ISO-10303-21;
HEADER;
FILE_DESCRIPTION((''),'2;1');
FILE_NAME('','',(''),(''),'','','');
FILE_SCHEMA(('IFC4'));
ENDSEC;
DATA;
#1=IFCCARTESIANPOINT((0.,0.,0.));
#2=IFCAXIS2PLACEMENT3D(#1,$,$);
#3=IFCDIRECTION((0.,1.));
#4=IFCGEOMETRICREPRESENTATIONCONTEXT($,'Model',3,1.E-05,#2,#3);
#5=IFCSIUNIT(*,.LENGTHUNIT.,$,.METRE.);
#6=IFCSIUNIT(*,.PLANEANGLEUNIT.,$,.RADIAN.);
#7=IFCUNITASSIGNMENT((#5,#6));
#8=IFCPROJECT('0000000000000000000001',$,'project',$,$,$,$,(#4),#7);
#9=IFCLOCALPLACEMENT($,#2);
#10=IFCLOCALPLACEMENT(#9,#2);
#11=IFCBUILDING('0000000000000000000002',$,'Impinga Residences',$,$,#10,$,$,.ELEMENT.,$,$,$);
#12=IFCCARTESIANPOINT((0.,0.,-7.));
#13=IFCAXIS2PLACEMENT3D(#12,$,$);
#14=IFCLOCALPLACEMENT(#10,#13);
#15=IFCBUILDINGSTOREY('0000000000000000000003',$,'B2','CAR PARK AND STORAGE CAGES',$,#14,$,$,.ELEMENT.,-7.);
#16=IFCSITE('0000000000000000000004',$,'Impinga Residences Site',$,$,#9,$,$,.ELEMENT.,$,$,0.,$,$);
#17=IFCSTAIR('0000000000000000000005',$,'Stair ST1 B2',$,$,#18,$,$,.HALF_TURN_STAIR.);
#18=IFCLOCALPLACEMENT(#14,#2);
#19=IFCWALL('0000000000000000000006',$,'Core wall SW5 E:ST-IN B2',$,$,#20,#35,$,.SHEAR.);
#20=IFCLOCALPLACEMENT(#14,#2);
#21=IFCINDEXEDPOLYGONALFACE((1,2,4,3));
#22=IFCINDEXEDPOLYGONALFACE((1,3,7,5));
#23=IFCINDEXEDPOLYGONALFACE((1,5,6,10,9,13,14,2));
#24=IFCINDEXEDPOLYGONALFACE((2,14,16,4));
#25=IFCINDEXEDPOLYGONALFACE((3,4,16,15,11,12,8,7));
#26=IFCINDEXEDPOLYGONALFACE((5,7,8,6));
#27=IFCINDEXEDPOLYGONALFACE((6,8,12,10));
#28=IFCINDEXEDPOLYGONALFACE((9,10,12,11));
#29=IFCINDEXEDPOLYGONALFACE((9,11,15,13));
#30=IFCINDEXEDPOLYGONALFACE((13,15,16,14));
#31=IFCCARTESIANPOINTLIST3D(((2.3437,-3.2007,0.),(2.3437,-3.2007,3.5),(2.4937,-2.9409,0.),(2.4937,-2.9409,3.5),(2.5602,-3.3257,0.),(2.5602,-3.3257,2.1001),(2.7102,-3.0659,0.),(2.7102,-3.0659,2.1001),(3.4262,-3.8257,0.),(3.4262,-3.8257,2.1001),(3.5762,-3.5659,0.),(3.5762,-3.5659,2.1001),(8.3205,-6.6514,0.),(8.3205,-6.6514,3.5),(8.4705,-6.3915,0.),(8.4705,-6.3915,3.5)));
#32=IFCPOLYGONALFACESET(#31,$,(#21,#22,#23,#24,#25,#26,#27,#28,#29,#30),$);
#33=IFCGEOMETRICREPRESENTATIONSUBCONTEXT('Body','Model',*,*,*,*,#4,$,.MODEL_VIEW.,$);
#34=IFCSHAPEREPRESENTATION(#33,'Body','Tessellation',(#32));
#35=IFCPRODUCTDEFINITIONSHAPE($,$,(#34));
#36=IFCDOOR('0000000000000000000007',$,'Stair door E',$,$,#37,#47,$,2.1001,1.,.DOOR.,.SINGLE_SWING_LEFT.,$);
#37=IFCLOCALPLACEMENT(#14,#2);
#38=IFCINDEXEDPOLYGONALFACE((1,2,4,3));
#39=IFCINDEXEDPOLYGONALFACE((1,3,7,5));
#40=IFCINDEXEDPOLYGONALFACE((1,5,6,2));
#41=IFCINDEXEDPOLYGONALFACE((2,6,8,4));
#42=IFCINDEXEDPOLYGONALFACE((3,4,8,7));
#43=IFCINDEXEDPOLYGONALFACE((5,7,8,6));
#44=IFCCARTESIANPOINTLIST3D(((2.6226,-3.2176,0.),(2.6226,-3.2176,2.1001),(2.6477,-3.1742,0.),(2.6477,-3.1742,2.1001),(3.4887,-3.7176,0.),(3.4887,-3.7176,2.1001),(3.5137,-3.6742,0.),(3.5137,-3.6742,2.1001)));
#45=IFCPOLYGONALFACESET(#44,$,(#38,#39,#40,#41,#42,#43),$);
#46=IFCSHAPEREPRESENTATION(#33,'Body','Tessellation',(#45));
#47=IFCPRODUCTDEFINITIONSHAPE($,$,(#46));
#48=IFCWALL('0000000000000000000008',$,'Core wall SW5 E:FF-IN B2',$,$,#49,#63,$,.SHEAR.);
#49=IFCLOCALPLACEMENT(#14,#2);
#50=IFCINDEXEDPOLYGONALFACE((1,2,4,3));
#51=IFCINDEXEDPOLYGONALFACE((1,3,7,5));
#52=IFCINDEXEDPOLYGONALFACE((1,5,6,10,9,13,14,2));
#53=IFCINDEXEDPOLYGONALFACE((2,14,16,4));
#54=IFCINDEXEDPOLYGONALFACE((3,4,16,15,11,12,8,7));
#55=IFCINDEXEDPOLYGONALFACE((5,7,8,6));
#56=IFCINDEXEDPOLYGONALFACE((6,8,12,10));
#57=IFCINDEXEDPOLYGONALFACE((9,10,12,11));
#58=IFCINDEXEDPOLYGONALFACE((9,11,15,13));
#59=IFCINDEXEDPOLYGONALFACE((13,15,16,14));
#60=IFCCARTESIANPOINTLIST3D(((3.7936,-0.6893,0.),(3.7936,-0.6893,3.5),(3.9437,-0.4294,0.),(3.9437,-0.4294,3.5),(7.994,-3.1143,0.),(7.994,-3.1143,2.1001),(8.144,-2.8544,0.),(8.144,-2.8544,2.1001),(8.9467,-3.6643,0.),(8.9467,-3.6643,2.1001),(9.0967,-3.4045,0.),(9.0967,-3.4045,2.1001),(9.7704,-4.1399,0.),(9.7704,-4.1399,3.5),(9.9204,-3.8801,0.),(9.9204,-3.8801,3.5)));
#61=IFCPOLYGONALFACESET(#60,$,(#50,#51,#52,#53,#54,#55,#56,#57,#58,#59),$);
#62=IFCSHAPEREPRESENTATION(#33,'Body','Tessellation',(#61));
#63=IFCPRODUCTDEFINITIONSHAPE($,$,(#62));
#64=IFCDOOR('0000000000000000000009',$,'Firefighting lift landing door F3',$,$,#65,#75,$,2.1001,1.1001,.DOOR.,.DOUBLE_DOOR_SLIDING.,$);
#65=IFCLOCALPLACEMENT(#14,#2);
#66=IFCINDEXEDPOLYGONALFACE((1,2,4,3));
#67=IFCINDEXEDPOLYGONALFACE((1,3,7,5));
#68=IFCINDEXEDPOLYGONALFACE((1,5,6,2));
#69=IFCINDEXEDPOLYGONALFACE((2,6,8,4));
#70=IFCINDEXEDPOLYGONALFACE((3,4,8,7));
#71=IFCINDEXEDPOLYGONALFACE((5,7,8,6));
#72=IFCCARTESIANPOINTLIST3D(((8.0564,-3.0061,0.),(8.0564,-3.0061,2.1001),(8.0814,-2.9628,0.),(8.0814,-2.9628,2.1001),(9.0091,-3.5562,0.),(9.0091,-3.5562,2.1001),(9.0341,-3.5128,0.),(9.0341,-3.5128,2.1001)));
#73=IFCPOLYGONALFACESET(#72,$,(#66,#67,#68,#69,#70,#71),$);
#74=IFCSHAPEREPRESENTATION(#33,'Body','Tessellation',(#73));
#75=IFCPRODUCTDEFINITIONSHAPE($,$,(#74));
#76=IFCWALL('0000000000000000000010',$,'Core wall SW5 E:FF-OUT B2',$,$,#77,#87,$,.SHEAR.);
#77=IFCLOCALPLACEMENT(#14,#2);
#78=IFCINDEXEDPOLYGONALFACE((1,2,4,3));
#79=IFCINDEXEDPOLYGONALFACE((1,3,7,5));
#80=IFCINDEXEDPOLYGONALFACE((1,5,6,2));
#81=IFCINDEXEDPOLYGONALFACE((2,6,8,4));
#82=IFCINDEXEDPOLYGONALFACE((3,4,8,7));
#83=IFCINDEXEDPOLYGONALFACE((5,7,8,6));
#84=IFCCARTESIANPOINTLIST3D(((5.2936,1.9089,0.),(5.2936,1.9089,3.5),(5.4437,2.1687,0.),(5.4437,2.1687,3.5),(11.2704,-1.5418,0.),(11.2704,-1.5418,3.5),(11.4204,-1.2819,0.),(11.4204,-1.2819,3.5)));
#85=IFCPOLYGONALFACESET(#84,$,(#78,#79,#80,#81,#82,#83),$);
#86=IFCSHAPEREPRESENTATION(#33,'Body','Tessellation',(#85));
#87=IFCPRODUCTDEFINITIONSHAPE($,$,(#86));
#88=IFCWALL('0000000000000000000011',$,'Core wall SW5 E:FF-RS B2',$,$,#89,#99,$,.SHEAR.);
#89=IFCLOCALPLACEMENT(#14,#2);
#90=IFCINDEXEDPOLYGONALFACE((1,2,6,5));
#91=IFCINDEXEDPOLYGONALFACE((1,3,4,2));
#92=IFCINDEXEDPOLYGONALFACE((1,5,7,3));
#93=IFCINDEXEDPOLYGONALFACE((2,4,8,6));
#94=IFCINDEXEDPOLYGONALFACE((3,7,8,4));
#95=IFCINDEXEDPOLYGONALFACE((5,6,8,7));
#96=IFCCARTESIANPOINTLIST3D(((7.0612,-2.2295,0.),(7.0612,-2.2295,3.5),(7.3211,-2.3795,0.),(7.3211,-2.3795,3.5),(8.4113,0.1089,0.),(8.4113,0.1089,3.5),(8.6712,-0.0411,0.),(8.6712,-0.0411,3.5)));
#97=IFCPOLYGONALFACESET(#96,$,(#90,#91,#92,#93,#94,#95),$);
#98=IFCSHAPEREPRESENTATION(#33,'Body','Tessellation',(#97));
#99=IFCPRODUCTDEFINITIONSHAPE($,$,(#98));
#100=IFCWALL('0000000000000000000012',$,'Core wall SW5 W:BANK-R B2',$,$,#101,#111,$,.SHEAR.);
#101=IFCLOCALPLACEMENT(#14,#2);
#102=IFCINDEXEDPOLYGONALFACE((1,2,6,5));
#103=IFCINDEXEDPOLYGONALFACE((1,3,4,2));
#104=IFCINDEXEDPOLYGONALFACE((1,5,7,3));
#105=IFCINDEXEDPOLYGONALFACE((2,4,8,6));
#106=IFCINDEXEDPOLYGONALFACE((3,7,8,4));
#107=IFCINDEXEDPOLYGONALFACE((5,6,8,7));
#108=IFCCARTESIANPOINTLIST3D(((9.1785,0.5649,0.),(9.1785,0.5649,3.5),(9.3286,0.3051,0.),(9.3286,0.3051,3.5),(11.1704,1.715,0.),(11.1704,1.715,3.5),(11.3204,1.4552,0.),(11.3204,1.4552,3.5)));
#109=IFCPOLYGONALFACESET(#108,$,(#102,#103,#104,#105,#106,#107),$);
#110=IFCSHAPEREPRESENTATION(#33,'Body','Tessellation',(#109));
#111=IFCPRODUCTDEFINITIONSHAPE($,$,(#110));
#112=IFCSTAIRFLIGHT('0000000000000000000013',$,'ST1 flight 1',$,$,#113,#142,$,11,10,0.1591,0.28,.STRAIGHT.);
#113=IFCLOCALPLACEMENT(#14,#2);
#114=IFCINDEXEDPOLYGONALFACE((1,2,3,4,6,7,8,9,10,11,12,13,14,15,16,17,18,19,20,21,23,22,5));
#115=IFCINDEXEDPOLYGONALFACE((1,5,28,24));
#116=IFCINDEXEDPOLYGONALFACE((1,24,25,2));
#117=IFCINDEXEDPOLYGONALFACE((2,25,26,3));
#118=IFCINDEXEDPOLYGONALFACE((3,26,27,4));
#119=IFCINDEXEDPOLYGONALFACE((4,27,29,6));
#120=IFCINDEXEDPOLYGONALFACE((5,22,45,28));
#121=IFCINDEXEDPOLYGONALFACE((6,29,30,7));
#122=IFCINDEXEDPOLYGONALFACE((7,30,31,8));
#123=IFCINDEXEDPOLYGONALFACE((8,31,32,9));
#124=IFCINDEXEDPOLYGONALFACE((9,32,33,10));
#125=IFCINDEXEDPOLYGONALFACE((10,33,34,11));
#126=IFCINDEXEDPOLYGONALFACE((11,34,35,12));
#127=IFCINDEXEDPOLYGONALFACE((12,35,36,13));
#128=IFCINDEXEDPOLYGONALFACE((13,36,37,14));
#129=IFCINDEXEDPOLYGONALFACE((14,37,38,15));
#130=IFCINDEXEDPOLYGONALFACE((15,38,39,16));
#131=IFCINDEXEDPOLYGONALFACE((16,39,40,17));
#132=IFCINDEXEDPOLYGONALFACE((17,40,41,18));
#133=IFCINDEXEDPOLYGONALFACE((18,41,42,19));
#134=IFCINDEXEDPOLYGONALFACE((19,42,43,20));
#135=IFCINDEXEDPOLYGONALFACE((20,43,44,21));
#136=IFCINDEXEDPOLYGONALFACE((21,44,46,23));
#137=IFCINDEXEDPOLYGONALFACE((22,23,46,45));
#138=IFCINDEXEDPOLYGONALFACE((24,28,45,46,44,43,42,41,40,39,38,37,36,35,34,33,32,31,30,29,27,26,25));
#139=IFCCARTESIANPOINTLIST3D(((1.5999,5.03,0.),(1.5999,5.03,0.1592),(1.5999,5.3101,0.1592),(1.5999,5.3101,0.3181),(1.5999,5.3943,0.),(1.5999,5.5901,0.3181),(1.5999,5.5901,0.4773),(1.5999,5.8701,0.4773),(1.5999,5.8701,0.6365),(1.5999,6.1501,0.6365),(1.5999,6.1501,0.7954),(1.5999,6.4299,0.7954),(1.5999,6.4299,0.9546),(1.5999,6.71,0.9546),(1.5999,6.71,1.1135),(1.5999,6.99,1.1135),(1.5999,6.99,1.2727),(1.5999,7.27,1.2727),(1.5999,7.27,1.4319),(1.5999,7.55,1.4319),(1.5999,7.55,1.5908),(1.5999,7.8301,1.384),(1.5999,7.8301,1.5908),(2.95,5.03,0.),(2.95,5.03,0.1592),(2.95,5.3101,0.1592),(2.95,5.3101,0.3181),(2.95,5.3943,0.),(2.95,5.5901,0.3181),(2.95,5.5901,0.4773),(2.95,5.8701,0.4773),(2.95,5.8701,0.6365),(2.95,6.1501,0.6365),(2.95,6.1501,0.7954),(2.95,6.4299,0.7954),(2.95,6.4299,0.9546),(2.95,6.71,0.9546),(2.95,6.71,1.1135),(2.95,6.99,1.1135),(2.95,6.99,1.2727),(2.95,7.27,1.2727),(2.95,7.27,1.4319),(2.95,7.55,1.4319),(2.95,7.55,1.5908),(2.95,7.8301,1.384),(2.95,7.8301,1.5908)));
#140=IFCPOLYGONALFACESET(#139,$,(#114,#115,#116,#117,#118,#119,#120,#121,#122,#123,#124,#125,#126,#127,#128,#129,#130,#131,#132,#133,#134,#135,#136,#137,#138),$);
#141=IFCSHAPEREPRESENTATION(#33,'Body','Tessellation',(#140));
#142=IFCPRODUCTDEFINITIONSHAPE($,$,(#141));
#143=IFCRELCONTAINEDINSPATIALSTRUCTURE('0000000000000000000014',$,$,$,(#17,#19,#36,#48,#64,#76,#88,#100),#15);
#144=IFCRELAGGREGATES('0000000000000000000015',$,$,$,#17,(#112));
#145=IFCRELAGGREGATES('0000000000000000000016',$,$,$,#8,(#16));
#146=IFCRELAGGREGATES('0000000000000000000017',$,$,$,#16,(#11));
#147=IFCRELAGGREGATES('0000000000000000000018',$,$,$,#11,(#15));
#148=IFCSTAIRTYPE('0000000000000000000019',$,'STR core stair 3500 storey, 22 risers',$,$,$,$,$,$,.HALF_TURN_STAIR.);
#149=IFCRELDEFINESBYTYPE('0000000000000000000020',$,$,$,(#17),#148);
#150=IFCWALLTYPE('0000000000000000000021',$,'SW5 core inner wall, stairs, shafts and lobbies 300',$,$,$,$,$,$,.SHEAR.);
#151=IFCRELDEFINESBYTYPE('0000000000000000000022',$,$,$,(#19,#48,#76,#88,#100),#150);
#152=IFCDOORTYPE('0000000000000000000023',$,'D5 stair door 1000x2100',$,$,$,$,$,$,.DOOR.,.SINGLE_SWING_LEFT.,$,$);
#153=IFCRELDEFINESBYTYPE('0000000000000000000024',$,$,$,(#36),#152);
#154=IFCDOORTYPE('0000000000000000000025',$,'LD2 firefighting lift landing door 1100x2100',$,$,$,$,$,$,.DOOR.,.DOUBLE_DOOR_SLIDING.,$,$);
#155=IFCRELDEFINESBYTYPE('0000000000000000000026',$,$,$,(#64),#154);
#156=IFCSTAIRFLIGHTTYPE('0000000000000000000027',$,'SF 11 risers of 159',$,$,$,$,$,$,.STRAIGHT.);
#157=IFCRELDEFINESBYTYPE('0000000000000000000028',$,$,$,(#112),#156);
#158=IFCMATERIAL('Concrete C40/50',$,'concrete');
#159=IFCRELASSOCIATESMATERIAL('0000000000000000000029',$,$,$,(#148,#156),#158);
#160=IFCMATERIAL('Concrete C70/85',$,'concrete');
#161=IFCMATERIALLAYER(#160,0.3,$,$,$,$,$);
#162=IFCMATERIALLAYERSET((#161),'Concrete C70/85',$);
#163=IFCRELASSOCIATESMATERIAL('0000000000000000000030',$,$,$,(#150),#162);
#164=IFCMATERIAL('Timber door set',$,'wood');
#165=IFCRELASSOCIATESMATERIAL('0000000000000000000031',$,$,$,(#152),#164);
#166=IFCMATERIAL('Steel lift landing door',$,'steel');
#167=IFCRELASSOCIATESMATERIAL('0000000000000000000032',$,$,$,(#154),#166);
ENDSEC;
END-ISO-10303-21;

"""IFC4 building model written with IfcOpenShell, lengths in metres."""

from ifc_helpers import new_model, si_unit, direction, frame, frame_2d, origin, place, context, subcontext, project, spatial, polyline, rectangle, outline, extrude, material, layer, layer_set, type_object, element, fill, aggregate, save


model = new_model("IFC4")

# Units and contexts
model_context = context("Model", 3, precision=1e-05, world=origin(), true_north=direction((0.0, 1.0)))
body_context = subcontext(model_context, "Body", "Model", "MODEL_VIEW")
ifc_project = project(units=[si_unit("LENGTHUNIT", "METRE"), si_unit("PLANEANGLEUNIT", "RADIAN")], contexts=[model_context])

# Site, building, storey
site_placement = place(None, origin())
site = spatial("IfcSite", under=ifc_project, at=site_placement, Name="Impinga Residences Site", CompositionType="ELEMENT", RefElevation=0.0)
building_placement = place(site_placement, origin())
building = spatial("IfcBuilding", under=site, at=building_placement, Name="Impinga Residences", CompositionType="ELEMENT")
storey_placement = place(building_placement, frame((0.0, 0.0, -7.0)))
storey = spatial("IfcBuildingStorey", under=building, at=storey_placement, Name="B2", Description="CAR PARK AND STORAGE CAGES", CompositionType="ELEMENT", Elevation=-7.0)

# Shared definitions
ifc_material_1 = material(Name="Concrete C70/85", Category="concrete")

# Stair
ifc_material_2 = material(Name="Concrete C40/50", Category="concrete")
stair_type = type_object("IfcStairType", Name="STR core stair 3500 storey, 22 risers", PredefinedType="HALF_TURN_STAIR", material=ifc_material_2)
stair_1_placement = place(storey_placement, origin())
stair_1 = element("IfcStair", 1, at=stair_1_placement, inside=storey, type_object=stair_type, Name="Stair ST1 B2", PredefinedType="HALF_TURN_STAIR")

# Shared definitions
ifc_material_3 = material(Name="Timber door set", Category="wood")
ifc_layer_1 = layer(ifc_material_1, 0.3)
ifc_layer_set_1 = layer_set([ifc_layer_1], Name="Concrete C70/85")
wall_type_1 = type_object("IfcWallType", Name="SW5 core inner wall, stairs, shafts and lobbies 300", PredefinedType="SHEAR", material=ifc_layer_set_1)
door_type_1 = type_object("IfcDoorType", Name="D5 stair door 1000x2100", OperationType="SINGLE_SWING_LEFT", PredefinedType="DOOR", material=ifc_material_3)

# Walls, openings, doors
wall_1_placement = place(storey_placement, frame((2.4187, -3.0708, 0.0), z_axis=(0.0, 0.0, 1.0), x_axis=(0.866027, -0.499997, 0.0)))
wall_1 = element("IfcWall", 2, at=wall_1_placement, inside=storey, type_object=wall_type_1, Name="Core wall SW5 E:ST-IN B2", PredefinedType="SHEAR", context=body_context, shape_type="SweptSolid", body=[
    extrude(rectangle(XDim=6.9014, YDim=0.3, at=frame_2d((3.4507, 0.0))), origin(), (0.0, 0.0, 1.0), 3.5),
])
opening_1_placement = place(wall_1_placement, frame((0.25, 0.0, 0.0)))
opening_1 = element("IfcOpeningElement", 3, at=opening_1_placement, cuts=wall_1, PredefinedType="OPENING", context=body_context, shape_type="SweptSolid", body=[
    extrude(rectangle(XDim=1.0, YDim=2.1001, at=frame_2d((0.5, 1.05))), frame((0.0, 0.1599, 0.0), z_axis=(0.0, -1.0, 0.0), x_axis=(1.0, 0.0, 0.0)), (0.0, 0.0, 1.0), 0.3201),
])
door_1_placement = place(opening_1_placement, origin())
door_1 = element("IfcDoor", 4, at=door_1_placement, inside=storey, type_object=door_type_1, Name="Stair door E", OperationType="SINGLE_SWING_LEFT", OverallHeight=2.1001, OverallWidth=1.0, PredefinedType="DOOR", context=body_context, shape_type="SweptSolid", body=[
    extrude(rectangle(XDim=1.0, YDim=2.1001, at=frame_2d((0.5, 1.05))), frame((0.0, 0.0249, 0.0), z_axis=(0.0, -1.0, 0.0), x_axis=(1.0, 0.0, 0.0)), (0.0, 0.0, 1.0), 0.05),
])
fill(opening_1, door_1)
wall_2_placement = place(storey_placement, frame((3.8687, -0.5593, 0.0), z_axis=(0.0, 0.0, 1.0), x_axis=(0.866027, -0.499997, 0.0)))
wall_2 = element("IfcWall", 5, at=wall_2_placement, inside=storey, type_object=wall_type_1, Name="Core wall SW5 E:FF-IN B2", PredefinedType="SHEAR", context=body_context, shape_type="SweptSolid", body=[
    extrude(rectangle(XDim=6.9014, YDim=0.3, at=frame_2d((3.4507, 0.0))), origin(), (0.0, 0.0, 1.0), 3.5),
])
opening_2_placement = place(wall_2_placement, frame((4.8501, 0.0, 0.0)))
opening_2 = element("IfcOpeningElement", 6, at=opening_2_placement, cuts=wall_2, PredefinedType="OPENING", context=body_context, shape_type="SweptSolid", body=[
    extrude(rectangle(XDim=1.1001, YDim=2.1001, at=frame_2d((0.55, 1.05))), frame((0.0, 0.1599, 0.0), z_axis=(0.0, -1.0, 0.0), x_axis=(1.0, 0.0, 0.0)), (0.0, 0.0, 1.0), 0.3201),
])
ifc_material_4 = material(Name="Steel lift landing door", Category="steel")
door_type_2 = type_object("IfcDoorType", Name="LD2 firefighting lift landing door 1100x2100", OperationType="DOUBLE_DOOR_SLIDING", PredefinedType="DOOR", material=ifc_material_4)
door_2_placement = place(opening_2_placement, origin())
door_2 = element("IfcDoor", 7, at=door_2_placement, inside=storey, type_object=door_type_2, Name="Firefighting lift landing door F3", OperationType="DOUBLE_DOOR_SLIDING", OverallHeight=2.1001, OverallWidth=1.1001, PredefinedType="DOOR", context=body_context, shape_type="SweptSolid", body=[
    extrude(rectangle(XDim=1.1001, YDim=2.1001, at=frame_2d((0.55, 1.05))), frame((0.0, 0.0249, 0.0), z_axis=(0.0, -1.0, 0.0), x_axis=(1.0, 0.0, 0.0)), (0.0, 0.0, 1.0), 0.05),
])
fill(opening_2, door_2)

# Walls
wall_3_placement = place(storey_placement, frame((5.3687, 2.0388, 0.0), z_axis=(0.0, 0.0, 1.0), x_axis=(0.866027, -0.499997, 0.0)))
element("IfcWall", 8, at=wall_3_placement, inside=storey, type_object=wall_type_1, Name="Core wall SW5 E:FF-OUT B2", PredefinedType="SHEAR", context=body_context, shape_type="SweptSolid", body=[
    extrude(rectangle(XDim=6.9014, YDim=0.3, at=frame_2d((3.4507, 0.0))), origin(), (0.0, 0.0, 1.0), 3.5),
])
wall_4_placement = place(storey_placement, frame((8.5413, 0.0339, 0.0), z_axis=(0.0, 0.0, 1.0), x_axis=(-0.500009, -0.86602, 0.0)))
element("IfcWall", 9, at=wall_4_placement, inside=storey, type_object=wall_type_1, Name="Core wall SW5 E:FF-RS B2", PredefinedType="SHEAR", context=body_context, shape_type="SweptSolid", body=[
    extrude(rectangle(XDim=2.7002, YDim=0.3, at=frame_2d((1.3501, 0.0))), origin(), (0.0, 0.0, 1.0), 3.5),
])
wall_5_placement = place(storey_placement, frame((9.2537, 0.4351, 0.0), z_axis=(0.0, 0.0, 1.0), x_axis=(0.866007, 0.500032, 0.0)))
element("IfcWall", 10, at=wall_5_placement, inside=storey, type_object=wall_type_1, Name="Core wall SW5 W:BANK-R B2", PredefinedType="SHEAR", context=body_context, shape_type="SweptSolid", body=[
    extrude(rectangle(XDim=2.3, YDim=0.3, at=frame_2d((1.1499, 0.0))), origin(), (0.0, 0.0, 1.0), 3.5),
])

# Stair flight
stair_flight_type = type_object("IfcStairFlightType", Name="SF 11 risers of 159", PredefinedType="STRAIGHT", material=ifc_material_2)
stair_flight_placement = place(storey_placement, frame((2.2749, 5.03, 0.0), z_axis=(0.0, 0.0, 1.0), x_axis=(0.0, 1.0, 0.0)))
stair_flight = element("IfcStairFlight", 11, at=stair_flight_placement, type_object=stair_flight_type, Name="ST1 flight 1", NumberOfRisers=11, NumberOfTreads=10, PredefinedType="STRAIGHT", RiserHeight=0.1591, TreadLength=0.28, context=body_context, shape_type="SweptSolid", body=[
    extrude(outline(polyline([(0.0, 0.0), (0.0, 0.1592), (0.28, 0.1592), (0.28, 0.3181), (0.5601, 0.3181), (0.5601, 0.4773), (0.8401, 0.4773), (0.8401, 0.6365), (1.1201, 0.6365), (1.1201, 0.7954), (1.3999, 0.7954), (1.3999, 0.9546), (1.6799, 0.9546), (1.6799, 1.1135), (1.96, 1.1135), (1.96, 1.2727), (2.24, 1.2727), (2.24, 1.4319), (2.52, 1.4319), (2.52, 1.5908), (2.8, 1.5908), (2.8, 1.75), (2.8, 1.384), (0.3643, 0.0), (0.0, 0.0)])), frame((0.0, 0.675, 0.0), z_axis=(0.0, -1.0, 0.0), x_axis=(1.0, 0.0, 0.0)), (0.0, 0.0, 1.0), 1.3501),
])
aggregate(stair_1, [stair_flight])

save(model, "model.ifc")
